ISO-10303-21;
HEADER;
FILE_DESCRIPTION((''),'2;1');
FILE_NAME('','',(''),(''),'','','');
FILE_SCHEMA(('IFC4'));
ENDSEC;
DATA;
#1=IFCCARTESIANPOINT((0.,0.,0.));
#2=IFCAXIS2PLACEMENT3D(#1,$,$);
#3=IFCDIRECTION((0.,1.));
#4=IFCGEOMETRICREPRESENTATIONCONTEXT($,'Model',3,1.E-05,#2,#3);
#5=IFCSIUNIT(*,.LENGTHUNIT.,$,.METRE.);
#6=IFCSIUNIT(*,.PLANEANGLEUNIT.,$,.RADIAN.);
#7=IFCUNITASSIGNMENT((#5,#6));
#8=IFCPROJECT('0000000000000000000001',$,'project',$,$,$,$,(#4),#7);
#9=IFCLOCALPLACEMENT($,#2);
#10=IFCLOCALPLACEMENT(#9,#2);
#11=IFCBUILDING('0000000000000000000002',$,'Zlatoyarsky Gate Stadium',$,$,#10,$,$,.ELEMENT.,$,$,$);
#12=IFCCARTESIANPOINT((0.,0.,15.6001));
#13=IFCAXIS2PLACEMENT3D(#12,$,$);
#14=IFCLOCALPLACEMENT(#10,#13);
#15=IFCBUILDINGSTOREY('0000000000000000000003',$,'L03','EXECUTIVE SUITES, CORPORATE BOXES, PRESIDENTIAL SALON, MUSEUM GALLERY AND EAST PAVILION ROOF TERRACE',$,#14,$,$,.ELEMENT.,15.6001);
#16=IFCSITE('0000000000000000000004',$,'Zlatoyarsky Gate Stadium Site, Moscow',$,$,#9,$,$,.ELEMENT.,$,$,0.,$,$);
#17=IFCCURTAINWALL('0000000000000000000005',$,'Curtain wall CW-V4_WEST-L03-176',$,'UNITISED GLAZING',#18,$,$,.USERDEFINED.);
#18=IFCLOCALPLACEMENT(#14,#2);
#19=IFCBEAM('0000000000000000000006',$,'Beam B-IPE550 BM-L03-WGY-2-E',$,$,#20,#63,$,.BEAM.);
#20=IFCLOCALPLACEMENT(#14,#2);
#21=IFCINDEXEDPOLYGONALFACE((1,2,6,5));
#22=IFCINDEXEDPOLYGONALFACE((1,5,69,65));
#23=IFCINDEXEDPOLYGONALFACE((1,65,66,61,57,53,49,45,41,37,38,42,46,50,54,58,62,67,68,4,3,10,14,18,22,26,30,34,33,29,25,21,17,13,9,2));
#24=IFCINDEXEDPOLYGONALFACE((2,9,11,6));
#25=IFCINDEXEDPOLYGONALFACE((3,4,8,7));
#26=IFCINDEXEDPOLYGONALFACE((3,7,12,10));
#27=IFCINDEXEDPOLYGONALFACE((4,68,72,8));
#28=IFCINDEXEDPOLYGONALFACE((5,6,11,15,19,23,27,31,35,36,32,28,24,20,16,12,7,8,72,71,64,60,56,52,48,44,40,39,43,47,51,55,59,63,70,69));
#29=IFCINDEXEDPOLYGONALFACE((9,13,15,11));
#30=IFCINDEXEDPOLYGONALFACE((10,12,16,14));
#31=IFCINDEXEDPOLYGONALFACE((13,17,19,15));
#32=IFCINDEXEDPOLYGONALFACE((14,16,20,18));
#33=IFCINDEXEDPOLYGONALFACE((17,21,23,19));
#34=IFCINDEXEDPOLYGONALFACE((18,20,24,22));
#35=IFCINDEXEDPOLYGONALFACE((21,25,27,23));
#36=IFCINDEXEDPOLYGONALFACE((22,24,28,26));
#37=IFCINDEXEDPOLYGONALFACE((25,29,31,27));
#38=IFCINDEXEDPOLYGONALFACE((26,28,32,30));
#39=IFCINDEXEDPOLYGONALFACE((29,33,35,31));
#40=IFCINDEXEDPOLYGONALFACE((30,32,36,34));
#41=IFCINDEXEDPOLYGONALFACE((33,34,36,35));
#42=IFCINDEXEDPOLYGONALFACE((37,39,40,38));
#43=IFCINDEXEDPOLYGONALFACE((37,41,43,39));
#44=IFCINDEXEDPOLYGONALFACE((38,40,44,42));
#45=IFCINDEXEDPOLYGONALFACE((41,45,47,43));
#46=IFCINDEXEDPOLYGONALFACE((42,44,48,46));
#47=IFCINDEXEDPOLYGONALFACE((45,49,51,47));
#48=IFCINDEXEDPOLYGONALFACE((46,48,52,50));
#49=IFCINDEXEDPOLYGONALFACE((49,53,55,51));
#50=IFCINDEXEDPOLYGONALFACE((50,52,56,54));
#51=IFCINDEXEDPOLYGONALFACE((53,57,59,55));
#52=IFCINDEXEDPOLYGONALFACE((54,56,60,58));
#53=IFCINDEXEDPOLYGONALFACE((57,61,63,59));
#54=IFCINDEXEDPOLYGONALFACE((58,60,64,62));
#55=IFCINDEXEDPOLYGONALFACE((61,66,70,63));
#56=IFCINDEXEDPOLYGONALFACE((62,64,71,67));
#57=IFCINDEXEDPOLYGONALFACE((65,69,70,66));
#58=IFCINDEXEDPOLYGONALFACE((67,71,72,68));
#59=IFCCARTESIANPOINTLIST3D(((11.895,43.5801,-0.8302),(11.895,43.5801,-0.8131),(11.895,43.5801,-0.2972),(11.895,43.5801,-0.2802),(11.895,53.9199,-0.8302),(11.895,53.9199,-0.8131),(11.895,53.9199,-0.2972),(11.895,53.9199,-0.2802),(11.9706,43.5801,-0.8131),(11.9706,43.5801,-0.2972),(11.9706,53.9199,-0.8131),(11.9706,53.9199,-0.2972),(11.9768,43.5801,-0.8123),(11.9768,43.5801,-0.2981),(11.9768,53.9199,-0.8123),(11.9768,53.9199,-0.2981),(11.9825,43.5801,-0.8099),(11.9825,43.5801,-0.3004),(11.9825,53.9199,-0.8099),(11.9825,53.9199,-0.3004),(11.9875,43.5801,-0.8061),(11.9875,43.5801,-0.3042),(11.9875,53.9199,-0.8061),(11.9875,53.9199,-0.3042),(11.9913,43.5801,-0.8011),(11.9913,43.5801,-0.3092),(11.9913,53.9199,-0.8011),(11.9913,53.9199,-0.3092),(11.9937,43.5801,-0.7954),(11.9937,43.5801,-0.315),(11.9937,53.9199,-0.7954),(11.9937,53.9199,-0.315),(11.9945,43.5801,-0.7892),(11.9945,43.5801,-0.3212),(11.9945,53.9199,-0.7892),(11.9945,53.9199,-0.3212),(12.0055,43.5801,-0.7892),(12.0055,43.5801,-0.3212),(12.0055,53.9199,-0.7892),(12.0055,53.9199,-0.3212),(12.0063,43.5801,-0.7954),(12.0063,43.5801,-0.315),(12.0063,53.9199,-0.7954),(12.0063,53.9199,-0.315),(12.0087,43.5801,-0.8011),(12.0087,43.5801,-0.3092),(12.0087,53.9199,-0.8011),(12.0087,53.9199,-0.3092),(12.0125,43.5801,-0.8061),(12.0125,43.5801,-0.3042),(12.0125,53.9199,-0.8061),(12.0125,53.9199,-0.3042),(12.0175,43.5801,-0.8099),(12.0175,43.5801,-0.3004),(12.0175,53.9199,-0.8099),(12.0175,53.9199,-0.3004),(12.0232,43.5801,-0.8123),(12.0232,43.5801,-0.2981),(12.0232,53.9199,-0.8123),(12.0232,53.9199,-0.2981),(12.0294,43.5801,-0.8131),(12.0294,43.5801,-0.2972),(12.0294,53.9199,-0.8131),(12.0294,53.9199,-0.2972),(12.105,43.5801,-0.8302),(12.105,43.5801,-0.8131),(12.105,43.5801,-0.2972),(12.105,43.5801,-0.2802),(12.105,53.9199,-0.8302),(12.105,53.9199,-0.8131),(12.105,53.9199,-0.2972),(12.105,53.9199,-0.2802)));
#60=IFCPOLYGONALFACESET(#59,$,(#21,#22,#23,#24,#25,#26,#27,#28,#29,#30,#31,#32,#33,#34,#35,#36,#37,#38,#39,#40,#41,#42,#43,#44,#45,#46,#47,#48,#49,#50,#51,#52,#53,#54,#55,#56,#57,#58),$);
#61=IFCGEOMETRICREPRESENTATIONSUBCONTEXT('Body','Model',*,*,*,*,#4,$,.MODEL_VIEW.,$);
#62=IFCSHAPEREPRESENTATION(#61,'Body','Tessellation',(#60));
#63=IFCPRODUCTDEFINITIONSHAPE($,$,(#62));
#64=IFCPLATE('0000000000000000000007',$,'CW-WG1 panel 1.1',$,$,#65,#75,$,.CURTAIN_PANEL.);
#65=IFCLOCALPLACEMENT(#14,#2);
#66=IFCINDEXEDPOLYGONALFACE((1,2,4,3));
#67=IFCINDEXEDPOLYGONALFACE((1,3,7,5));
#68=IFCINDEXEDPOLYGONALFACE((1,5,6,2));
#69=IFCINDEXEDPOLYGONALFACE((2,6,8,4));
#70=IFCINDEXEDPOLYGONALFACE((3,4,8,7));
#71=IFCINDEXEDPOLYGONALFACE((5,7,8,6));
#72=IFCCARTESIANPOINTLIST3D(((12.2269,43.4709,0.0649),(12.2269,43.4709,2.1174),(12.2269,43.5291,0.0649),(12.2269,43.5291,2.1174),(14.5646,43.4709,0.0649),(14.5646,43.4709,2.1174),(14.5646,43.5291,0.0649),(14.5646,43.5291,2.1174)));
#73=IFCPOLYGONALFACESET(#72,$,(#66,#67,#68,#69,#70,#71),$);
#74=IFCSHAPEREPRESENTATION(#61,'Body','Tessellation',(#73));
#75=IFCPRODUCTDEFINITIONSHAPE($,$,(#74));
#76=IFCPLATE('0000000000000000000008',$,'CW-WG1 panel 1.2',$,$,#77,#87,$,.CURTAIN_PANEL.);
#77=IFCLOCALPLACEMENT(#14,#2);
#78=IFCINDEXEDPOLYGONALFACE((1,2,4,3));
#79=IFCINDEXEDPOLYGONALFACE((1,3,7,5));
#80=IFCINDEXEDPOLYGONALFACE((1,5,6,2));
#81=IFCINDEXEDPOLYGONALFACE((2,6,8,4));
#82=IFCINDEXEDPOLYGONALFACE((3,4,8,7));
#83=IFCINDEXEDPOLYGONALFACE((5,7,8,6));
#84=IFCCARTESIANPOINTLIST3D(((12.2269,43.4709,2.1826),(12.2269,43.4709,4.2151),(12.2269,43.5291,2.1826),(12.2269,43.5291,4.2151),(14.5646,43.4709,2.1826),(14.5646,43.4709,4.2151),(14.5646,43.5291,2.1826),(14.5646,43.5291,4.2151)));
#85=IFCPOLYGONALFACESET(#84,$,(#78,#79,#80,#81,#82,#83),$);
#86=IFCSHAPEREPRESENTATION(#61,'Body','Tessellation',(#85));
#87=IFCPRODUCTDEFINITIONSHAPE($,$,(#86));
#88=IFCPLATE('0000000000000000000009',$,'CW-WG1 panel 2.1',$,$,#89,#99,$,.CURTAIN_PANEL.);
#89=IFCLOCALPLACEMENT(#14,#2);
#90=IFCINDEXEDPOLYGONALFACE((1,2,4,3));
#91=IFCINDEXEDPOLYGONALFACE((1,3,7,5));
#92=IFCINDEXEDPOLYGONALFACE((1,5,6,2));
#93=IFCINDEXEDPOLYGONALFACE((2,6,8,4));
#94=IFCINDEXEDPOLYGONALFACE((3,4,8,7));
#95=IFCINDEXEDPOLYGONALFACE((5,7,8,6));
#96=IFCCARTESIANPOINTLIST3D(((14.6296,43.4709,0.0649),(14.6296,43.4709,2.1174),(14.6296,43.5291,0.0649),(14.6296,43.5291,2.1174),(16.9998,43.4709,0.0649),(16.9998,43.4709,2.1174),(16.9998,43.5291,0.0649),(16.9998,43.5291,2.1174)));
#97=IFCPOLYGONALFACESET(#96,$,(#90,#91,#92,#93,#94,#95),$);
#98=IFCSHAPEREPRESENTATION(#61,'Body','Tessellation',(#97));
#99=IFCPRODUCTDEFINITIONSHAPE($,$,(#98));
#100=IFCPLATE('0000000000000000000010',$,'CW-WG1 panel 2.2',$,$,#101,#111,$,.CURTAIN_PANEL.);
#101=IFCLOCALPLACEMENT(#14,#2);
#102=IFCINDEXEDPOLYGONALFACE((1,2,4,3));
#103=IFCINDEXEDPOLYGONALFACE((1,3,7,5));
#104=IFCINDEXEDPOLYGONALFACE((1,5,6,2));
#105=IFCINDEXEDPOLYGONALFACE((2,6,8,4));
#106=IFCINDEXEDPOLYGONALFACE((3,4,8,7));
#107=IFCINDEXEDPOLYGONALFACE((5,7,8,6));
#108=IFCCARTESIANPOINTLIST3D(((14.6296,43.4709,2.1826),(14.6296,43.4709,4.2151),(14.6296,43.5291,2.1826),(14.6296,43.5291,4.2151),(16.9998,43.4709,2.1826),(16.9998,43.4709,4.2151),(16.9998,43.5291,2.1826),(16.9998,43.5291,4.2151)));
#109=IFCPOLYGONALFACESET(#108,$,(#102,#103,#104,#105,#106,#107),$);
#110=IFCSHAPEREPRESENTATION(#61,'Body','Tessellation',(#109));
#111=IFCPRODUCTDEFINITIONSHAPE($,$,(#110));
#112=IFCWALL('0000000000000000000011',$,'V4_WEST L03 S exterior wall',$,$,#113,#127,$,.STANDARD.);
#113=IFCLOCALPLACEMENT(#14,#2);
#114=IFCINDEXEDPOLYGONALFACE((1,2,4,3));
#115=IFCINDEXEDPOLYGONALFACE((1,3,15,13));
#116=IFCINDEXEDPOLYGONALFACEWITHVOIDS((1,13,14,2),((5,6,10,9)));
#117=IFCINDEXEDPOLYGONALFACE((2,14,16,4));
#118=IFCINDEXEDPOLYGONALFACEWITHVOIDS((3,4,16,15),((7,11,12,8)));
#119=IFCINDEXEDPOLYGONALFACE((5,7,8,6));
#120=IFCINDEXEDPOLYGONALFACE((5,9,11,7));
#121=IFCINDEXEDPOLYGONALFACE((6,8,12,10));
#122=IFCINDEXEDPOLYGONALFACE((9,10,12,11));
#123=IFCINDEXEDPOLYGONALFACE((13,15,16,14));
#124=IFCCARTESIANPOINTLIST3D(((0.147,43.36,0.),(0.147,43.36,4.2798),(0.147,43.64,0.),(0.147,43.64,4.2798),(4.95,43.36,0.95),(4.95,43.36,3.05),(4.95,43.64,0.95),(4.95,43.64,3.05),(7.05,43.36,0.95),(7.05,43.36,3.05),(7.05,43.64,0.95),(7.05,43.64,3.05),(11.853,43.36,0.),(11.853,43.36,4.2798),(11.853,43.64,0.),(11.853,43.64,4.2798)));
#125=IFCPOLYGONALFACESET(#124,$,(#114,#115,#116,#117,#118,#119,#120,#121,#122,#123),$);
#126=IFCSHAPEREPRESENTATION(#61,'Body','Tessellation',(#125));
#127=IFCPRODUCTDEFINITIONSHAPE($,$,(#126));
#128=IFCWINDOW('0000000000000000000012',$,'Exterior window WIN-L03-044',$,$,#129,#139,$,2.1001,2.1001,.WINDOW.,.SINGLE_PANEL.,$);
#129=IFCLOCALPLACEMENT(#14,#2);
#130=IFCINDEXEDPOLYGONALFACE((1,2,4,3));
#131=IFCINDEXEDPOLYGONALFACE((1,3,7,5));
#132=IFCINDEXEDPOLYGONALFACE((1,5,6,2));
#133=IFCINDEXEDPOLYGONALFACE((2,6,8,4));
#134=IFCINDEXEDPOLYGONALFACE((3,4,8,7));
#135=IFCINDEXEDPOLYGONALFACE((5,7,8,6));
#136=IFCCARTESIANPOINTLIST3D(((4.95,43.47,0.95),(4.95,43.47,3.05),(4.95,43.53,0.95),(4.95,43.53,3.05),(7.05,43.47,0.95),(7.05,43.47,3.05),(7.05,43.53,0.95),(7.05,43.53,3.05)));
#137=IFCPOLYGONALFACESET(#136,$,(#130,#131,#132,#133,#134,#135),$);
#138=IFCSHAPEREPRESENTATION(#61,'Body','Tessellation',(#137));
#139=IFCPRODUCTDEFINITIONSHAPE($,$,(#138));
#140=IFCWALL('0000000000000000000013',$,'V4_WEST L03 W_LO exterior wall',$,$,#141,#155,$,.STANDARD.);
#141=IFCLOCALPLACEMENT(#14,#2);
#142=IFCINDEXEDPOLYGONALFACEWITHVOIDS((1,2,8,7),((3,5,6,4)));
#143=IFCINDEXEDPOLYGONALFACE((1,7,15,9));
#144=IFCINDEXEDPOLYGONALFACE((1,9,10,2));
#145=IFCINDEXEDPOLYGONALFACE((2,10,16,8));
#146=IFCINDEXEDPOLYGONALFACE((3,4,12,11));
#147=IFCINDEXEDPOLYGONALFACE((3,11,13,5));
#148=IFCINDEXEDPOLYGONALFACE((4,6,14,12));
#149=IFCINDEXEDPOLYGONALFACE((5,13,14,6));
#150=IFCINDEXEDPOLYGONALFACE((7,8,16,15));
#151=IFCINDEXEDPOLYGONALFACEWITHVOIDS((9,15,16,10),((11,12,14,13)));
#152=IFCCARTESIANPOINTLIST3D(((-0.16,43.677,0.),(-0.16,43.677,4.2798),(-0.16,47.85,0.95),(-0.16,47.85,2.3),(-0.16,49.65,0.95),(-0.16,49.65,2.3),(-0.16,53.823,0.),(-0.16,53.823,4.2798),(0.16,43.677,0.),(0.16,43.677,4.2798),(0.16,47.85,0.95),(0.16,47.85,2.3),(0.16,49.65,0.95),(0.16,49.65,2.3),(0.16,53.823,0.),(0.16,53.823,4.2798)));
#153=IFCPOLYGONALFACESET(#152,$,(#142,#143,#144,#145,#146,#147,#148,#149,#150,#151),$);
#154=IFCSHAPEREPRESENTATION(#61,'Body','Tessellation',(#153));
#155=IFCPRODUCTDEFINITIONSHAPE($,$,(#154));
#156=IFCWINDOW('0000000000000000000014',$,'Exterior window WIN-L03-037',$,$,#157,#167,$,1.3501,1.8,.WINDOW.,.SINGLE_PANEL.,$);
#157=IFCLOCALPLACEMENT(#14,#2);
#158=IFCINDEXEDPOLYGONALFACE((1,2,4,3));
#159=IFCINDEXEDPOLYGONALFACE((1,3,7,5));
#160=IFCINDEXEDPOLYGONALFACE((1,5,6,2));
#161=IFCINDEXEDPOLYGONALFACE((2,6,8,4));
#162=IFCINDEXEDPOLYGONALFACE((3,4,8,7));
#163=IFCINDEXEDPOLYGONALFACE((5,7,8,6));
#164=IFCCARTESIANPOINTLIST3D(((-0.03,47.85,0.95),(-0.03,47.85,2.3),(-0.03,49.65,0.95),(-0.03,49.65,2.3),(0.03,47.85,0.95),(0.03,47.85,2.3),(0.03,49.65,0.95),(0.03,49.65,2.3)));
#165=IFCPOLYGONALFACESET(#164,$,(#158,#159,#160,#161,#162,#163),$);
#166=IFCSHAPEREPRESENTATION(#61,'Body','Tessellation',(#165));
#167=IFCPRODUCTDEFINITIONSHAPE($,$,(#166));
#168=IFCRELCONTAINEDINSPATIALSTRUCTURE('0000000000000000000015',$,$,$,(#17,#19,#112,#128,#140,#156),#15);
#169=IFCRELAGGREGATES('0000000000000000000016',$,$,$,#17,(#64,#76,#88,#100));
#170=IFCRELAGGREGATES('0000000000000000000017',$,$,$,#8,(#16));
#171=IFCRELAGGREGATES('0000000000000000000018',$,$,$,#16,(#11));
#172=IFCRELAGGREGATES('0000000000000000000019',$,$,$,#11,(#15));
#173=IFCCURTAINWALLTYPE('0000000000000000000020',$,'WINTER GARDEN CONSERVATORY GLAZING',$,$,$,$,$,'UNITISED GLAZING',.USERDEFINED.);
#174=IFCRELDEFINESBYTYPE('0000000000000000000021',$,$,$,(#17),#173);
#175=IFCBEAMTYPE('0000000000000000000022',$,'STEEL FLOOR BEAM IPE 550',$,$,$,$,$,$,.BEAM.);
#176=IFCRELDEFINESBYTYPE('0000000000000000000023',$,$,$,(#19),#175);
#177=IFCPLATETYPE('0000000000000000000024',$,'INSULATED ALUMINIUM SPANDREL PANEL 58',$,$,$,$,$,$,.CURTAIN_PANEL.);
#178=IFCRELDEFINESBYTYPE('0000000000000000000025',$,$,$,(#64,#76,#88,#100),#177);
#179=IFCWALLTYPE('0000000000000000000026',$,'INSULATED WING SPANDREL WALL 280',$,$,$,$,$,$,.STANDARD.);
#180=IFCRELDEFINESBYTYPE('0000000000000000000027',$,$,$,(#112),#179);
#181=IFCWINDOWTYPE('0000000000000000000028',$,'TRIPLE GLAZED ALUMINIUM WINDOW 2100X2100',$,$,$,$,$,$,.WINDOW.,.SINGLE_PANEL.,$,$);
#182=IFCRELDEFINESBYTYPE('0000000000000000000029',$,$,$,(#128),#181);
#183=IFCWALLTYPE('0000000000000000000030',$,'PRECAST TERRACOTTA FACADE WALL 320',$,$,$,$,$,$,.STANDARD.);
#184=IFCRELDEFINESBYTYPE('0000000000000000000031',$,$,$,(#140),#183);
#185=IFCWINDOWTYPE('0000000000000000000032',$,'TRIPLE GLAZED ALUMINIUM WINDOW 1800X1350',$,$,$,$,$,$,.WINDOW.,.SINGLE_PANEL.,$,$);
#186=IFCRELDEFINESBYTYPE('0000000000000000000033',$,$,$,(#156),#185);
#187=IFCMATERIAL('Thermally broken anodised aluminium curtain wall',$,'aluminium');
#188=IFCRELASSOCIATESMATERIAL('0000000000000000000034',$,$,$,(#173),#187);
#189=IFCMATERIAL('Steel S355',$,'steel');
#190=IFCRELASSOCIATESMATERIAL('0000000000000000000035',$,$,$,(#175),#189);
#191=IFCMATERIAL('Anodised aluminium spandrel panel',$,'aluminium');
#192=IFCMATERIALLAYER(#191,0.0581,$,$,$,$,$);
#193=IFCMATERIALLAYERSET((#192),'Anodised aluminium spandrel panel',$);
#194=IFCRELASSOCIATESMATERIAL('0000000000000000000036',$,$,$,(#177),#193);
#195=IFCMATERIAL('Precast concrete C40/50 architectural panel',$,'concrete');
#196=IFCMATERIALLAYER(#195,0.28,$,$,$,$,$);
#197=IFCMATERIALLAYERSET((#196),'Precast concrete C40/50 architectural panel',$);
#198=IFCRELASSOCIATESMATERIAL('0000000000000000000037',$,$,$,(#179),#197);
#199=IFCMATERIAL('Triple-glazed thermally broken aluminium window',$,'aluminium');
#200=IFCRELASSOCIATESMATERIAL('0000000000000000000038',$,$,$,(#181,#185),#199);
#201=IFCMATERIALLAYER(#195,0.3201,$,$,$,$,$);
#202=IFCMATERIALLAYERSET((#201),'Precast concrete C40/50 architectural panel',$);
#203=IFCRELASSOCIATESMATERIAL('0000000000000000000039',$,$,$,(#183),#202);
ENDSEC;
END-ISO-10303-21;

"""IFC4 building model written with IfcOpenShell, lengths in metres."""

from ifc_helpers import new_model, si_unit, direction, frame, frame_2d, origin, origin_2d, place, context, subcontext, project, spatial, rectangle, i_section, extrude, material, layer, layer_set, material_profile, profile_set, type_object, element, fill, aggregate, save


model = new_model("IFC4")

# Units and contexts
model_context = context("Model", 3, precision=1e-05, world=origin(), true_north=direction((0.0, 1.0)))
body_context = subcontext(model_context, "Body", "Model", "MODEL_VIEW")
ifc_project = project(units=[si_unit("LENGTHUNIT", "METRE"), si_unit("PLANEANGLEUNIT", "RADIAN")], contexts=[model_context])

# Site, building, storey
site_placement = place(None, origin())
site = spatial("IfcSite", under=ifc_project, at=site_placement, Name="Zlatoyarsky Gate Stadium Site, Moscow", CompositionType="ELEMENT", RefElevation=0.0)
building_placement = place(site_placement, origin())
building = spatial("IfcBuilding", under=site, at=building_placement, Name="Zlatoyarsky Gate Stadium", CompositionType="ELEMENT")
storey_placement = place(building_placement, frame((0.0, 0.0, 15.6001)))
storey = spatial("IfcBuildingStorey", under=building, at=storey_placement, Name="L03", Description="EXECUTIVE SUITES, CORPORATE BOXES, PRESIDENTIAL SALON, MUSEUM GALLERY AND EAST PAVILION ROOF TERRACE", CompositionType="ELEMENT", Elevation=15.6001)

# Shared definitions
ifc_material_1 = material(Name="Steel S355", Category="steel")

# Curtain wall
ifc_material_2 = material(Name="Thermally broken anodised aluminium curtain wall", Category="aluminium")
curtain_wall_type = type_object("IfcCurtainWallType", Name="WINTER GARDEN CONSERVATORY GLAZING", ElementType="UNITISED GLAZING", PredefinedType="USERDEFINED", material=ifc_material_2)
curtain_wall_placement = place(storey_placement, origin())
curtain_wall = element("IfcCurtainWall", 1, at=curtain_wall_placement, inside=storey, type_object=curtain_wall_type, Name="Curtain wall CW-V4_WEST-L03-176", ObjectType="UNITISED GLAZING", PredefinedType="USERDEFINED")

# Beam
ifc_material_profile_1 = material_profile(ifc_material_1, i_section(OverallWidth=0.21, OverallDepth=0.55, WebThickness=0.011, FlangeThickness=0.0171, FilletRadius=0.0239, at=origin_2d()), Name="IPE 550")
ifc_profile_set_1 = profile_set([ifc_material_profile_1], Name="Steel S355")
beam_type_1 = type_object("IfcBeamType", Name="STEEL FLOOR BEAM IPE 550", PredefinedType="BEAM", material=ifc_profile_set_1)
for number, where, z_axis, x_axis, name in (
    (2, (12.0, 43.5801, -0.5552), (0.0, 1.0, 0.0), (-1.0, 0.0, 0.0), "Beam B-IPE550 BM-L03-WGY-2-E"),
):
    element("IfcBeam", number, at=place(storey_placement, frame(where, z_axis=z_axis, x_axis=x_axis)), inside=storey, type_object=beam_type_1, Name=name, PredefinedType="BEAM", context=body_context, shape_type="SweptSolid", body=[
        extrude(i_section(OverallWidth=0.21, OverallDepth=0.55, WebThickness=0.011, FlangeThickness=0.0171, FilletRadius=0.0239, at=origin_2d()), origin(), (0.0, 0.0, 1.0), 10.3398),
    ])

# Plates
ifc_material_3 = material(Name="Anodised aluminium spandrel panel", Category="aluminium")
ifc_layer_1 = layer(ifc_material_3, 0.0581)
ifc_layer_set_1 = layer_set([ifc_layer_1], Name="Anodised aluminium spandrel panel")
plate_type = type_object("IfcPlateType", Name="INSULATED ALUMINIUM SPANDREL PANEL 58", PredefinedType="CURTAIN_PANEL", material=ifc_layer_set_1)
plate_1_placement = place(storey_placement, frame((13.3958, 43.5, 0.0649), z_axis=(0.0, 0.0, 1.0), x_axis=(1.0, 0.0, 0.0)))
plate_1 = element("IfcPlate", 3, at=plate_1_placement, type_object=plate_type, Name="CW-WG1 panel 1.1", PredefinedType="CURTAIN_PANEL", context=body_context, shape_type="SweptSolid", body=[
    extrude(rectangle(XDim=2.3376, YDim=0.0581, at=origin_2d()), origin(), (0.0, 0.0, 1.0), 2.0525),
])
plate_2_placement = place(storey_placement, frame((13.3958, 43.5, 2.1826), z_axis=(0.0, 0.0, 1.0), x_axis=(1.0, 0.0, 0.0)))
plate_2 = element("IfcPlate", 4, at=plate_2_placement, type_object=plate_type, Name="CW-WG1 panel 1.2", PredefinedType="CURTAIN_PANEL", context=body_context, shape_type="SweptSolid", body=[
    extrude(rectangle(XDim=2.3376, YDim=0.0581, at=origin_2d()), origin(), (0.0, 0.0, 1.0), 2.0325),
])
plate_3_placement = place(storey_placement, frame((15.8147, 43.5, 0.0649), z_axis=(0.0, 0.0, 1.0), x_axis=(1.0, 0.0, 0.0)))
plate_3 = element("IfcPlate", 5, at=plate_3_placement, type_object=plate_type, Name="CW-WG1 panel 2.1", PredefinedType="CURTAIN_PANEL", context=body_context, shape_type="SweptSolid", body=[
    extrude(rectangle(XDim=2.3701, YDim=0.0581, at=origin_2d()), origin(), (0.0, 0.0, 1.0), 2.0525),
])
plate_4_placement = place(storey_placement, frame((15.8147, 43.5, 2.1826), z_axis=(0.0, 0.0, 1.0), x_axis=(1.0, 0.0, 0.0)))
plate_4 = element("IfcPlate", 6, at=plate_4_placement, type_object=plate_type, Name="CW-WG1 panel 2.2", PredefinedType="CURTAIN_PANEL", context=body_context, shape_type="SweptSolid", body=[
    extrude(rectangle(XDim=2.3701, YDim=0.0581, at=origin_2d()), origin(), (0.0, 0.0, 1.0), 2.0325),
])
aggregate(curtain_wall, [plate_1, plate_2, plate_3, plate_4])

# Walls, openings, windows
ifc_material_4 = material(Name="Precast concrete C40/50 architectural panel", Category="concrete")
ifc_layer_2 = layer(ifc_material_4, 0.28)
ifc_layer_set_2 = layer_set([ifc_layer_2], Name="Precast concrete C40/50 architectural panel")
wall_type_1 = type_object("IfcWallType", Name="INSULATED WING SPANDREL WALL 280", PredefinedType="STANDARD", material=ifc_layer_set_2)
wall_1_placement = place(storey_placement, frame((0.147, 43.5, 0.0), z_axis=(0.0, 0.0, 1.0), x_axis=(1.0, 0.0, 0.0)))
wall_1 = element("IfcWall", 7, at=wall_1_placement, inside=storey, type_object=wall_type_1, Name="V4_WEST L03 S exterior wall", PredefinedType="STANDARD", context=body_context, shape_type="SweptSolid", body=[
    extrude(rectangle(XDim=11.7061, YDim=0.28, at=frame_2d((5.853, 0.0))), origin(), (0.0, 0.0, 1.0), 4.2798),
])
opening_1_placement = place(wall_1_placement, frame((4.803, 0.0, 0.95)))
opening_1 = element("IfcOpeningElement", 8, at=opening_1_placement, cuts=wall_1, PredefinedType="OPENING", context=body_context, shape_type="SweptSolid", body=[
    extrude(rectangle(XDim=2.1001, YDim=2.1001, at=frame_2d((1.05, 1.05))), frame((0.0, 0.1499, 0.0), z_axis=(0.0, -1.0, 0.0), x_axis=(1.0, 0.0, 0.0)), (0.0, 0.0, 1.0), 0.3),
])
ifc_material_5 = material(Name="Triple-glazed thermally broken aluminium window", Category="aluminium")
window_type_1 = type_object("IfcWindowType", Name="TRIPLE GLAZED ALUMINIUM WINDOW 2100X2100", PartitioningType="SINGLE_PANEL", PredefinedType="WINDOW", material=ifc_material_5)
window_1_placement = place(opening_1_placement, origin())
window_1 = element("IfcWindow", 9, at=window_1_placement, inside=storey, type_object=window_type_1, Name="Exterior window WIN-L03-044", OverallHeight=2.1001, OverallWidth=2.1001, PartitioningType="SINGLE_PANEL", PredefinedType="WINDOW", context=body_context, shape_type="SweptSolid", body=[
    extrude(rectangle(XDim=2.1001, YDim=2.1001, at=frame_2d((1.05, 1.05))), frame((0.0, 0.03, 0.0), z_axis=(0.0, -1.0, 0.0), x_axis=(1.0, 0.0, 0.0)), (0.0, 0.0, 1.0), 0.0601),
])
fill(opening_1, window_1)
ifc_layer_3 = layer(ifc_material_4, 0.3201)
ifc_layer_set_3 = layer_set([ifc_layer_3], Name="Precast concrete C40/50 architectural panel")
wall_type_2 = type_object("IfcWallType", Name="PRECAST TERRACOTTA FACADE WALL 320", PredefinedType="STANDARD", material=ifc_layer_set_3)
wall_2_placement = place(storey_placement, frame((0.0, 43.677, 0.0), z_axis=(0.0, 0.0, 1.0), x_axis=(0.0, 1.0, 0.0)))
wall_2 = element("IfcWall", 10, at=wall_2_placement, inside=storey, type_object=wall_type_2, Name="V4_WEST L03 W_LO exterior wall", PredefinedType="STANDARD", context=body_context, shape_type="SweptSolid", body=[
    extrude(rectangle(XDim=10.146, YDim=0.3201, at=frame_2d((5.073, 0.0))), origin(), (0.0, 0.0, 1.0), 4.2798),
])
opening_2_placement = place(wall_2_placement, frame((4.1731, 0.0, 0.95)))
opening_2 = element("IfcOpeningElement", 11, at=opening_2_placement, cuts=wall_2, PredefinedType="OPENING", context=body_context, shape_type="SweptSolid", body=[
    extrude(rectangle(XDim=1.8, YDim=1.3501, at=frame_2d((0.8999, 0.675))), frame((0.0, 0.1699, 0.0), z_axis=(0.0, -1.0, 0.0), x_axis=(1.0, 0.0, 0.0)), (0.0, 0.0, 1.0), 0.3401),
])
window_type_2 = type_object("IfcWindowType", Name="TRIPLE GLAZED ALUMINIUM WINDOW 1800X1350", PartitioningType="SINGLE_PANEL", PredefinedType="WINDOW", material=ifc_material_5)
window_2_placement = place(opening_2_placement, origin())
window_2 = element("IfcWindow", 12, at=window_2_placement, inside=storey, type_object=window_type_2, Name="Exterior window WIN-L03-037", OverallHeight=1.3501, OverallWidth=1.8, PartitioningType="SINGLE_PANEL", PredefinedType="WINDOW", context=body_context, shape_type="SweptSolid", body=[
    extrude(rectangle(XDim=1.8, YDim=1.3501, at=frame_2d((0.8999, 0.675))), frame((0.0, 0.03, 0.0), z_axis=(0.0, -1.0, 0.0), x_axis=(1.0, 0.0, 0.0)), (0.0, 0.0, 1.0), 0.0601),
])
fill(opening_2, window_2)

save(model, "model.ifc")
